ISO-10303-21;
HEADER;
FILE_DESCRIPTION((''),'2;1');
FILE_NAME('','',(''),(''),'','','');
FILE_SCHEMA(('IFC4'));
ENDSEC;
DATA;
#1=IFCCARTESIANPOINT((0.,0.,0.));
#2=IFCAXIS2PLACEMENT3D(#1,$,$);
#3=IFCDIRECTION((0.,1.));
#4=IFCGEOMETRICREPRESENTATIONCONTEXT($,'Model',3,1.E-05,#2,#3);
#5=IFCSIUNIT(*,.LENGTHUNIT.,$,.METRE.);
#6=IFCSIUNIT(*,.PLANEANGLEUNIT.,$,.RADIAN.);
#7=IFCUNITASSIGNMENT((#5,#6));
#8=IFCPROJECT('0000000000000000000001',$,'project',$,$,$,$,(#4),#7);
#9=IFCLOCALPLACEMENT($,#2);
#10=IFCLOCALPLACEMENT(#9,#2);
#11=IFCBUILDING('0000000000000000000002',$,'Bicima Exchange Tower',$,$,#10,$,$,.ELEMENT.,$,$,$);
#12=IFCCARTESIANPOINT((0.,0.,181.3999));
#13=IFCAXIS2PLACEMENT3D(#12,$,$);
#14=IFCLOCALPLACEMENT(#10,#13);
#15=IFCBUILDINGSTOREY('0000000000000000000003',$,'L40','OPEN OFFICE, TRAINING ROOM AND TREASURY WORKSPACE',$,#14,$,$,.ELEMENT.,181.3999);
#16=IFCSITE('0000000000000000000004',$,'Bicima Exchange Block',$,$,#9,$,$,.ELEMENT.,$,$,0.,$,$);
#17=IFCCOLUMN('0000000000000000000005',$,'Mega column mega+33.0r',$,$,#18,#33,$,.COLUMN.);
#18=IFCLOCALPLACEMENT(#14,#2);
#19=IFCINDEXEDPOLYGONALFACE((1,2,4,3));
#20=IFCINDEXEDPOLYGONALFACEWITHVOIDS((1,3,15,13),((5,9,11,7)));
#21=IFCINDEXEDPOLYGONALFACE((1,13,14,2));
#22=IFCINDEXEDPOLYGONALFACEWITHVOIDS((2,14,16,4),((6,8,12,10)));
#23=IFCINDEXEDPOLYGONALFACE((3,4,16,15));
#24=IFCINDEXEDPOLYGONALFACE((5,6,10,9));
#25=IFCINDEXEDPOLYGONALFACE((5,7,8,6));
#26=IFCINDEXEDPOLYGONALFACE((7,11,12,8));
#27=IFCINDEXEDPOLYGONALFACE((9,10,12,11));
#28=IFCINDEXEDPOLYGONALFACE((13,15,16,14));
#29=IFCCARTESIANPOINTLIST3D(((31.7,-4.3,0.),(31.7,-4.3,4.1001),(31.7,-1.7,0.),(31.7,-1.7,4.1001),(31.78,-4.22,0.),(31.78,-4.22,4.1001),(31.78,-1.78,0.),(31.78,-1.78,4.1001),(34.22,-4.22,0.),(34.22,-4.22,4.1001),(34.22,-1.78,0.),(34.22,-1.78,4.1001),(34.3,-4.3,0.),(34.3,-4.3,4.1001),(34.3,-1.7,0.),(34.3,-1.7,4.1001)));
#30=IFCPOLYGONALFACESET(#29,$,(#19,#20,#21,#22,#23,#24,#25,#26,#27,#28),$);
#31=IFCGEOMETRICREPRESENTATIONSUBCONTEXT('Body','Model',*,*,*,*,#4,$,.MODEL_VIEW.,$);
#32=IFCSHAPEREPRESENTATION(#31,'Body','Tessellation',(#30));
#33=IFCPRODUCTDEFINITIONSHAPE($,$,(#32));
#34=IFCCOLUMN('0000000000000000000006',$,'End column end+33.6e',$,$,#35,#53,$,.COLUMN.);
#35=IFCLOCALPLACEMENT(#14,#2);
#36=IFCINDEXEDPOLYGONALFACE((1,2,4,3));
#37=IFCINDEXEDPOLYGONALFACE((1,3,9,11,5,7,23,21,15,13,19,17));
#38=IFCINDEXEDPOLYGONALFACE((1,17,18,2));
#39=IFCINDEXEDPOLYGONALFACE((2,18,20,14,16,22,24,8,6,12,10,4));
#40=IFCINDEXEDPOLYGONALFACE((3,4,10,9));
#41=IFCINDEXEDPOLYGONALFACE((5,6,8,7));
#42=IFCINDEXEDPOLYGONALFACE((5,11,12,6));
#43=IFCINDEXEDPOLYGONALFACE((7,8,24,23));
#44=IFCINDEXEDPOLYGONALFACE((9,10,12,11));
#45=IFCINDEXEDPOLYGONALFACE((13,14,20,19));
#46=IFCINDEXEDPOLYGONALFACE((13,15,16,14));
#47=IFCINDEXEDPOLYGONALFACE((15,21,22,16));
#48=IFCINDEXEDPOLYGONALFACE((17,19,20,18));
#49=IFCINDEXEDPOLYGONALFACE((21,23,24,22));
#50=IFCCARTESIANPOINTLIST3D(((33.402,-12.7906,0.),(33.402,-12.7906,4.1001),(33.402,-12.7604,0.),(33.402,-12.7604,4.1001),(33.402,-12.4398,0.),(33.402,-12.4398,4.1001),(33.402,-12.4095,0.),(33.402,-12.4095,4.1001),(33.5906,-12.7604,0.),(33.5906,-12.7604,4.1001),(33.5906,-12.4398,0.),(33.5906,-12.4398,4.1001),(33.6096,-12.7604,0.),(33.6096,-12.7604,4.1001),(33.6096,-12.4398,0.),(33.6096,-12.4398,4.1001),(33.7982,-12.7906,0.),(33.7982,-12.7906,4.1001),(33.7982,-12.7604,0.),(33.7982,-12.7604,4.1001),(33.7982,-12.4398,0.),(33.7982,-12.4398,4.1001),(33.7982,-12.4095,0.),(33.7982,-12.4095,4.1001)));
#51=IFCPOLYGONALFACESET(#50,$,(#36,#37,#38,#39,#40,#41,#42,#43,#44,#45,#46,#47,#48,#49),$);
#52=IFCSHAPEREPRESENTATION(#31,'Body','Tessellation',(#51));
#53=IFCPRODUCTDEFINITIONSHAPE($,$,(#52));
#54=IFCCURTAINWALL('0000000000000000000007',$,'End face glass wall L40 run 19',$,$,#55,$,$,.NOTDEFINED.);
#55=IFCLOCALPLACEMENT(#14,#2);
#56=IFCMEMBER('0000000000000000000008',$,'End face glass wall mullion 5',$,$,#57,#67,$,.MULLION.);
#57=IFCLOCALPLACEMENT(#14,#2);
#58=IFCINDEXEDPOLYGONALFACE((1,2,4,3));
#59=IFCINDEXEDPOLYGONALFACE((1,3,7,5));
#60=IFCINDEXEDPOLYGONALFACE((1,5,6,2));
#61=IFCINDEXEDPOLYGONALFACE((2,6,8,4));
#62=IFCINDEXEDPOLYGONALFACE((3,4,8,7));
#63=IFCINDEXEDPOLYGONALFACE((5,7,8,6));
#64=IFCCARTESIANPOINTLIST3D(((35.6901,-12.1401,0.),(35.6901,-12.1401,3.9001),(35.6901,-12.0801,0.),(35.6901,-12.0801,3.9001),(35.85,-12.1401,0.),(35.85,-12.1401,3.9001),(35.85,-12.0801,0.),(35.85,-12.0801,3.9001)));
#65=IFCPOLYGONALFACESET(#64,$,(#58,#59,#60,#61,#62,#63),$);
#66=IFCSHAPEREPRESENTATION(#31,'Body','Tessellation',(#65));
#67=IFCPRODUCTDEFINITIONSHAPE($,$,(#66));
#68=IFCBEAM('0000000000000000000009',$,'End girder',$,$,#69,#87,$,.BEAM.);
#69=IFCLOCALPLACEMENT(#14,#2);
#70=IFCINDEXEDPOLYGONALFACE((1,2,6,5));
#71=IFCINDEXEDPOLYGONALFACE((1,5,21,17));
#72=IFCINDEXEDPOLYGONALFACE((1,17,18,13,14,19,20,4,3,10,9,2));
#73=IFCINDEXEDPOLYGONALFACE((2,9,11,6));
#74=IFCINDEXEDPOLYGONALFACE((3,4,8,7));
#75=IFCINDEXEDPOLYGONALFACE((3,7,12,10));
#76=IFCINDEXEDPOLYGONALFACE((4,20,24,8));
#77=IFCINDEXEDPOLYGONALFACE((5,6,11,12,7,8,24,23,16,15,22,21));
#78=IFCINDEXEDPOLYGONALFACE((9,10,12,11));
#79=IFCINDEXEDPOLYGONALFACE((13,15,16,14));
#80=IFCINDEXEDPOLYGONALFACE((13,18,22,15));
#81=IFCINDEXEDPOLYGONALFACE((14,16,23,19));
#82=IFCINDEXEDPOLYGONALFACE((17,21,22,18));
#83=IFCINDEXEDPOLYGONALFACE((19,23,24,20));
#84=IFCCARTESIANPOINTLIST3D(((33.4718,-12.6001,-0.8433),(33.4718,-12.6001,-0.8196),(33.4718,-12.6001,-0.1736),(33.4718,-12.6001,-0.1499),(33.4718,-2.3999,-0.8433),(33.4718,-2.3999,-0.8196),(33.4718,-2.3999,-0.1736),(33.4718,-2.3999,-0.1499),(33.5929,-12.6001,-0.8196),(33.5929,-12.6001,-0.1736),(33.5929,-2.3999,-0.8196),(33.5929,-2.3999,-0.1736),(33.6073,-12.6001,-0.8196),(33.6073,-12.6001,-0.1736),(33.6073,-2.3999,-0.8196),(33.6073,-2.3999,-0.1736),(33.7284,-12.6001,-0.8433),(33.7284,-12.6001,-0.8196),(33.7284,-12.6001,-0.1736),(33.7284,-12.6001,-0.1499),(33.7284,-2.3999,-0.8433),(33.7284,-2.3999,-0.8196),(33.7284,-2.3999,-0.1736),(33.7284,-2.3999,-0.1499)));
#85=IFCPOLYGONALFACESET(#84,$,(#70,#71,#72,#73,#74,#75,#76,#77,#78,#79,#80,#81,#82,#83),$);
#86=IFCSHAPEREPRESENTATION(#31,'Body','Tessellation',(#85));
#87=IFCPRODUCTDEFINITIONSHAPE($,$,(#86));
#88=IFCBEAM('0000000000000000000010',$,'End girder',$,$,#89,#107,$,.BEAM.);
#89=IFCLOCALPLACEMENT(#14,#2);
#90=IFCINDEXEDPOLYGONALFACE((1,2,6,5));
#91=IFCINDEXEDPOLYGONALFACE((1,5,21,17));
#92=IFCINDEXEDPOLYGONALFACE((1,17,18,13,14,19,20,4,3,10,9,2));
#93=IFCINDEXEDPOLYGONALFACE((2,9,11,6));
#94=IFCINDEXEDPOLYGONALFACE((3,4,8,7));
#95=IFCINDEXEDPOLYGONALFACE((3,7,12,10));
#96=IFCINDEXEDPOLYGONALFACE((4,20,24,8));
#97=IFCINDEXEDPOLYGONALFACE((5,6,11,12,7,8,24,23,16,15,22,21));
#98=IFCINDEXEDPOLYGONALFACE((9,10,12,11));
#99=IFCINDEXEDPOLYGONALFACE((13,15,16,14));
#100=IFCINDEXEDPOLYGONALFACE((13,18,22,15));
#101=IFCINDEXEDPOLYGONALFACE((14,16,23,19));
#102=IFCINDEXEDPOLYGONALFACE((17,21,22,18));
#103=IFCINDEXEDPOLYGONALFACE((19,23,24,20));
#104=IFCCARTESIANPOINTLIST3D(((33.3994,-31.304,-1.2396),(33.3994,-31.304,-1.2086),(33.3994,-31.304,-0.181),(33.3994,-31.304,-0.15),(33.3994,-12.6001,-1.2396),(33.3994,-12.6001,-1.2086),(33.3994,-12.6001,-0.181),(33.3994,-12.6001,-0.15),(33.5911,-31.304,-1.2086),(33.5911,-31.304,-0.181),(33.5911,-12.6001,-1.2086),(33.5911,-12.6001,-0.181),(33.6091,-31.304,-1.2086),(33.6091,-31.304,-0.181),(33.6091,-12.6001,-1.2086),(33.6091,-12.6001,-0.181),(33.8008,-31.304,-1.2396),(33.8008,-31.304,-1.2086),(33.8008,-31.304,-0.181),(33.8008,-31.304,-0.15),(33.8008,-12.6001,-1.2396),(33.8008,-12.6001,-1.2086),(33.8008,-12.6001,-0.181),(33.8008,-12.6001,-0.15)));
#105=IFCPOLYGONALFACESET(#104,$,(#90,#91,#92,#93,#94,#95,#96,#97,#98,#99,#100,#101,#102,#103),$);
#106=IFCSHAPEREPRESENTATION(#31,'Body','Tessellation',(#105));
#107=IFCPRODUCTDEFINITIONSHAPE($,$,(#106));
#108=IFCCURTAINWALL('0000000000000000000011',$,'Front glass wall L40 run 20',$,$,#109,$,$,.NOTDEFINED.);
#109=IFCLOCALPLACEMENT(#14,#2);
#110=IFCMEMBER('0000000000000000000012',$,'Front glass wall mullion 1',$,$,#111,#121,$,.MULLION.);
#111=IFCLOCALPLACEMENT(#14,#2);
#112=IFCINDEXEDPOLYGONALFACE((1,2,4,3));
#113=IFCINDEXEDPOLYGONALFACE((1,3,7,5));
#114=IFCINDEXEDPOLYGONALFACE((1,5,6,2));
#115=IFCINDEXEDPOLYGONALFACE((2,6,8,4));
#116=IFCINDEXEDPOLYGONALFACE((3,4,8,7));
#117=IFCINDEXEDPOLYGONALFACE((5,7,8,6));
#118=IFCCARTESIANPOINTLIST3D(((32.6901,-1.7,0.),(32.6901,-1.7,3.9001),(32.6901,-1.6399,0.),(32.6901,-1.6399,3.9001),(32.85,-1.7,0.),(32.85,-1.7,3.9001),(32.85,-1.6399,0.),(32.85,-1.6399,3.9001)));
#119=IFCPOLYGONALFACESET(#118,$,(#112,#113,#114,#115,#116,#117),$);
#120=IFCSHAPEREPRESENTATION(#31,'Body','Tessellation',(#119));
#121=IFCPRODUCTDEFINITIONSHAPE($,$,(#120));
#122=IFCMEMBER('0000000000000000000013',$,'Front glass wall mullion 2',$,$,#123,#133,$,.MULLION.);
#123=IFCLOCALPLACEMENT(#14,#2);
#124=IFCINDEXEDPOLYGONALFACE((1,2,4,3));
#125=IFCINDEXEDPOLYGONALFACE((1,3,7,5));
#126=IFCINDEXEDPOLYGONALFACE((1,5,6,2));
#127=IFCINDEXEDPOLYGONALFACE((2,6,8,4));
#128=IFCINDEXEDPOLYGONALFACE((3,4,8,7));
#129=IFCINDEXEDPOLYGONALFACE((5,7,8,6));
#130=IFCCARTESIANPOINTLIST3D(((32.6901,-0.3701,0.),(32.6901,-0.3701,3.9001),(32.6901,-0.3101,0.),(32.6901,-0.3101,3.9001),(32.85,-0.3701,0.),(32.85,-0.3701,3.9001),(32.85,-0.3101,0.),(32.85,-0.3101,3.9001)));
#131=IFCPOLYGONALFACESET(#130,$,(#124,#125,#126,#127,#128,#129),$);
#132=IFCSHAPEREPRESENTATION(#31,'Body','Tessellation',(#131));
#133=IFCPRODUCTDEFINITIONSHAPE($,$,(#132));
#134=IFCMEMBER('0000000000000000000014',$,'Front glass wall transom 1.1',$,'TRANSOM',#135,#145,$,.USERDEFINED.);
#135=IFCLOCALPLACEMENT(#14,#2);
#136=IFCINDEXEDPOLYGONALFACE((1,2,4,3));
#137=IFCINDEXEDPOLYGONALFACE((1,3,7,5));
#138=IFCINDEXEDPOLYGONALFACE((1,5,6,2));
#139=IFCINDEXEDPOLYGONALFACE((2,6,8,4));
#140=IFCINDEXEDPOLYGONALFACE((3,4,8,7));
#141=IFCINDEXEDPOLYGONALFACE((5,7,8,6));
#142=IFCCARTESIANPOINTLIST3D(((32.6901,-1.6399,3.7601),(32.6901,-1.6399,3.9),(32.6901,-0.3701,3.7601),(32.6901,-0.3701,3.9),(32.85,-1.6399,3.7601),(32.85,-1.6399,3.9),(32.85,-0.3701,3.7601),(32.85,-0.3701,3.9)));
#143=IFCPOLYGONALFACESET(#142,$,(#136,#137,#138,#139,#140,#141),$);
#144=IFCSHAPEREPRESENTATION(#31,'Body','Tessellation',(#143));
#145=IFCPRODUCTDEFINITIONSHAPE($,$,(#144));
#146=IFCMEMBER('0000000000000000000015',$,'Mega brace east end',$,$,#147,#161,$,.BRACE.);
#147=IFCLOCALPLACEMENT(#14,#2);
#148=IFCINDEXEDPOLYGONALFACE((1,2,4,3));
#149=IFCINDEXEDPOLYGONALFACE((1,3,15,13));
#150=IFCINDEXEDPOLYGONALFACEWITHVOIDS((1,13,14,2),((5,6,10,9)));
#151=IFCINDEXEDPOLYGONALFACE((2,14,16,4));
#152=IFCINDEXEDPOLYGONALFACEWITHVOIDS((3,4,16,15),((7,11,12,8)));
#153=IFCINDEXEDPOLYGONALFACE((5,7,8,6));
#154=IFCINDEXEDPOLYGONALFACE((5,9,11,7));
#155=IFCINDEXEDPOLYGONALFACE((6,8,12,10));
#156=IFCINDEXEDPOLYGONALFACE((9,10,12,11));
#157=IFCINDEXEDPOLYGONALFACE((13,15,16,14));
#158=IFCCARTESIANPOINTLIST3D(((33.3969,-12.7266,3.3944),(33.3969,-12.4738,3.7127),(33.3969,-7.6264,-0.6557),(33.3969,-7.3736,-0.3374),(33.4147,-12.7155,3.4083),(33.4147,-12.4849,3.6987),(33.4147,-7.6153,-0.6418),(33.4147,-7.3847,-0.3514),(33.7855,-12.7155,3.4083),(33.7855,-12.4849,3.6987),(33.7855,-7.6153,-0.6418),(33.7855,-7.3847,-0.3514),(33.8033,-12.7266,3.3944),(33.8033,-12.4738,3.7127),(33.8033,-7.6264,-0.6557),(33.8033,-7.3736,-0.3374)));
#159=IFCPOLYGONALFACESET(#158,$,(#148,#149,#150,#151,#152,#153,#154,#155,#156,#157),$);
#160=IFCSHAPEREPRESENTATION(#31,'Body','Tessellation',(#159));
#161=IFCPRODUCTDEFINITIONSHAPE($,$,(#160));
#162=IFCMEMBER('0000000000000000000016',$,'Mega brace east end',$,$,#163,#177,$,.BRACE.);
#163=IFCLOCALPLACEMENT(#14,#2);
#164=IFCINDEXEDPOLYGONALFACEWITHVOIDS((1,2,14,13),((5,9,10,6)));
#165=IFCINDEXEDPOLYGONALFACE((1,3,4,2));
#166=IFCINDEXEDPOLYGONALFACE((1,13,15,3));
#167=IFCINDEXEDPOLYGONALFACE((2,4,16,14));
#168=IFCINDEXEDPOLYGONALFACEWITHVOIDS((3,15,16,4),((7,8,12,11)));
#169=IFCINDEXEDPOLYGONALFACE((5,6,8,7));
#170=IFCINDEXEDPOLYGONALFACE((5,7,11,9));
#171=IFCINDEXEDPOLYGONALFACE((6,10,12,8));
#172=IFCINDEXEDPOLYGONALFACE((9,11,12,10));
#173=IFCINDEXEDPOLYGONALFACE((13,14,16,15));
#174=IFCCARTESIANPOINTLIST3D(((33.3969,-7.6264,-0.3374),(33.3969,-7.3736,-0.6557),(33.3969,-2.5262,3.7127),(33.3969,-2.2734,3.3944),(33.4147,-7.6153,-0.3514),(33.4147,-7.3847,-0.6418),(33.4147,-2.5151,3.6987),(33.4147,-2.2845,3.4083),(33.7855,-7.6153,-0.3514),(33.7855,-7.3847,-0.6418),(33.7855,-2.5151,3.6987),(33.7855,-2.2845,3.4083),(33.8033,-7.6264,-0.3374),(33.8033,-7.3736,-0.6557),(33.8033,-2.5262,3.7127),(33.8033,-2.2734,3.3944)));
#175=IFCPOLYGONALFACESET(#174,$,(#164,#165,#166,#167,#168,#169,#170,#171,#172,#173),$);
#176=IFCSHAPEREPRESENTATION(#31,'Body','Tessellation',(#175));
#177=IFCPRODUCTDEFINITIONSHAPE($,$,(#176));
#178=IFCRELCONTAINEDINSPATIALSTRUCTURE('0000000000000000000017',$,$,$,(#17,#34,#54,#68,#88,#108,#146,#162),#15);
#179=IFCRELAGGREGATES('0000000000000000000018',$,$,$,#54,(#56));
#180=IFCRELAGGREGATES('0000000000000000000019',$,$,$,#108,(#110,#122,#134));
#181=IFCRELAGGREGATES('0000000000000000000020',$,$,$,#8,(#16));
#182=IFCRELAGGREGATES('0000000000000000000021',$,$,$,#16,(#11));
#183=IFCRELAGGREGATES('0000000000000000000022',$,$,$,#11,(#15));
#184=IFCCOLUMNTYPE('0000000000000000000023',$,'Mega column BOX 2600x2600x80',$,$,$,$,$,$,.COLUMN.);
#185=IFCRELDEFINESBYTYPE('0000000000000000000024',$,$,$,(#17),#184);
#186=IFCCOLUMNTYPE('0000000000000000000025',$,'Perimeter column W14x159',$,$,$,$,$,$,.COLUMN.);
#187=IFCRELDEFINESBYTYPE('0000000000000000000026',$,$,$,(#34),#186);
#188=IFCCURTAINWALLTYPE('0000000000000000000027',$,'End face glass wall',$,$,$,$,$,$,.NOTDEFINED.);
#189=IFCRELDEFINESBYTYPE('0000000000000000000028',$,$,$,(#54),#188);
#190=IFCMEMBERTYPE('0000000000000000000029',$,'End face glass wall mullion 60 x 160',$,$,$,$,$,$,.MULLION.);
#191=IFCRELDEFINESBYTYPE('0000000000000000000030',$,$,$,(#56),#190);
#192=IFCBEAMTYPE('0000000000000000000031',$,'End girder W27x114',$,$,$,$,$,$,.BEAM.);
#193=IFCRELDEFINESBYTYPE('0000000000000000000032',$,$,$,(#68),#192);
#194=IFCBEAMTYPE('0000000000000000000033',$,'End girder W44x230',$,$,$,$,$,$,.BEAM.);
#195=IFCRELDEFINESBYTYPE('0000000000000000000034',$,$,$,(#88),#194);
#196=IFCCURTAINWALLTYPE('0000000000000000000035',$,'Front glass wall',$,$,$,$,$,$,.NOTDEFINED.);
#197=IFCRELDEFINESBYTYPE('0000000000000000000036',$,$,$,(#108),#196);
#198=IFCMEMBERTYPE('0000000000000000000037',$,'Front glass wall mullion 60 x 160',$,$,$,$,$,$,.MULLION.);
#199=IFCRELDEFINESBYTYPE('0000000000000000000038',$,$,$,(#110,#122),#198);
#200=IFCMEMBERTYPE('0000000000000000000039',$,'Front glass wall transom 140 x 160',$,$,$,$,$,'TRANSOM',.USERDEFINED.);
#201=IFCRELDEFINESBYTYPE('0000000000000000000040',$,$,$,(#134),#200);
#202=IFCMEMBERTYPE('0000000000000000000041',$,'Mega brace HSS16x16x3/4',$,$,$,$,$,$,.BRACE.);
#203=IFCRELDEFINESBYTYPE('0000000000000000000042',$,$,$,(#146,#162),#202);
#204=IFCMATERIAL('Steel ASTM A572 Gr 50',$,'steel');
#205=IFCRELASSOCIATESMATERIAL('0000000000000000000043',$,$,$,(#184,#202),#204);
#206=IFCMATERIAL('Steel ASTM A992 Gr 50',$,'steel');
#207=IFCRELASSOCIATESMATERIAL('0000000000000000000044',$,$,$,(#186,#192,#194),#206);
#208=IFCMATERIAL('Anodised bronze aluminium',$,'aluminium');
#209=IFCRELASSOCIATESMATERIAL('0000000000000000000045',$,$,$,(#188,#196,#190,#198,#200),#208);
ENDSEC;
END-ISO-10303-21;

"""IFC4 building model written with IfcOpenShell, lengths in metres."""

from ifc_helpers import new_model, si_unit, direction, frame, origin, origin_2d, place, context, subcontext, project, spatial, rectangle, hollow_rectangle, i_section, extrude, material, material_profile, profile_set, type_object, element, aggregate, save


model = new_model("IFC4")

# Units and contexts
model_context = context("Model", 3, precision=1e-05, world=origin(), true_north=direction((0.0, 1.0)))
body_context = subcontext(model_context, "Body", "Model", "MODEL_VIEW")
ifc_project = project(units=[si_unit("LENGTHUNIT", "METRE"), si_unit("PLANEANGLEUNIT", "RADIAN")], contexts=[model_context])

# Site, building, storey
site_placement = place(None, origin())
site = spatial("IfcSite", under=ifc_project, at=site_placement, Name="Bicima Exchange Block", CompositionType="ELEMENT", RefElevation=0.0)
building_placement = place(site_placement, origin())
building = spatial("IfcBuilding", under=site, at=building_placement, Name="Bicima Exchange Tower", CompositionType="ELEMENT")
storey_placement = place(building_placement, frame((0.0, 0.0, 181.3999)))
storey = spatial("IfcBuildingStorey", under=building, at=storey_placement, Name="L40", Description="OPEN OFFICE, TRAINING ROOM AND TREASURY WORKSPACE", CompositionType="ELEMENT", Elevation=181.3999)

# Columns
ifc_material_1 = material(Name="Steel ASTM A572 Gr 50", Category="steel")
ifc_material_profile_1 = material_profile(ifc_material_1, hollow_rectangle(XDim=2.6001, YDim=2.6001, WallThickness=0.0801, at=origin_2d()))
ifc_profile_set_1 = profile_set([ifc_material_profile_1], Name="Steel ASTM A572 Gr 50")
column_type_1 = type_object("IfcColumnType", Name="Mega column BOX 2600x2600x80", PredefinedType="COLUMN", material=ifc_profile_set_1)
column_1_placement = place(storey_placement, frame((33.0, -3.0, 0.0), z_axis=(0.0, 0.0, 1.0), x_axis=(1.0, 0.0, 0.0)))
element("IfcColumn", 1, at=column_1_placement, inside=storey, type_object=column_type_1, Name="Mega column mega+33.0r", PredefinedType="COLUMN", context=body_context, shape_type="SweptSolid", body=[
    extrude(hollow_rectangle(XDim=2.6001, YDim=2.6001, WallThickness=0.0801, at=origin_2d()), origin(), (0.0, 0.0, 1.0), 4.1001),
])
ifc_material_2 = material(Name="Steel ASTM A992 Gr 50", Category="steel")
ifc_material_profile_2 = material_profile(ifc_material_2, i_section(OverallWidth=0.3962, OverallDepth=0.3811, WebThickness=0.019, FlangeThickness=0.0303, at=origin_2d()))
ifc_profile_set_2 = profile_set([ifc_material_profile_2], Name="Steel ASTM A992 Gr 50")
column_type_2 = type_object("IfcColumnType", Name="Perimeter column W14x159", PredefinedType="COLUMN", material=ifc_profile_set_2)
column_2_placement = place(storey_placement, frame((33.6001, -12.6001, 0.0), z_axis=(0.0, 0.0, 1.0), x_axis=(1.0, 0.0, 0.0)))
element("IfcColumn", 2, at=column_2_placement, inside=storey, type_object=column_type_2, Name="End column end+33.6e", PredefinedType="COLUMN", context=body_context, shape_type="SweptSolid", body=[
    extrude(i_section(OverallWidth=0.3962, OverallDepth=0.3811, WebThickness=0.019, FlangeThickness=0.0303, at=origin_2d()), origin(), (0.0, 0.0, 1.0), 4.1001),
])

# Curtain wall, member
ifc_material_3 = material(Name="Anodised bronze aluminium", Category="aluminium")
curtain_wall_type_1 = type_object("IfcCurtainWallType", Name="End face glass wall", PredefinedType="NOTDEFINED", material=ifc_material_3)
curtain_wall_1_placement = place(storey_placement, origin())
curtain_wall_1 = element("IfcCurtainWall", 3, at=curtain_wall_1_placement, inside=storey, type_object=curtain_wall_type_1, Name="End face glass wall L40 run 19", PredefinedType="NOTDEFINED")
ifc_material_profile_3 = material_profile(ifc_material_3, rectangle(XDim=0.1599, YDim=0.0601, at=origin_2d()))
ifc_profile_set_3 = profile_set([ifc_material_profile_3], Name="Anodised bronze aluminium")
member_type_1 = type_object("IfcMemberType", Name="End face glass wall mullion 60 x 160", PredefinedType="MULLION", material=ifc_profile_set_3)
member_1_placement = place(storey_placement, frame((35.77, -12.1101, 0.0), z_axis=(0.0, 0.0, 1.0), x_axis=(-1.0, 0.0, 0.0)))
member_1 = element("IfcMember", 4, at=member_1_placement, type_object=member_type_1, Name="End face glass wall mullion 5", PredefinedType="MULLION", context=body_context, shape_type="SweptSolid", body=[
    extrude(rectangle(XDim=0.1599, YDim=0.0601, at=origin_2d()), origin(), (0.0, 0.0, 1.0), 3.9001),
])
aggregate(curtain_wall_1, [member_1])

# Beams
ifc_material_profile_4 = material_profile(ifc_material_2, i_section(OverallWidth=0.2566, OverallDepth=0.6934, WebThickness=0.0144, FlangeThickness=0.0237, at=origin_2d()))
ifc_profile_set_4 = profile_set([ifc_material_profile_4], Name="Steel ASTM A992 Gr 50")
beam_type_1 = type_object("IfcBeamType", Name="End girder W27x114", PredefinedType="BEAM", material=ifc_profile_set_4)
beam_1_placement = place(storey_placement, frame((33.6001, -2.3999, -0.4966), z_axis=(0.0, -1.0, 0.0), x_axis=(1.0, 0.0, 0.0)))
element("IfcBeam", 5, at=beam_1_placement, inside=storey, type_object=beam_type_1, Name="End girder", PredefinedType="BEAM", context=body_context, shape_type="SweptSolid", body=[
    extrude(i_section(OverallWidth=0.2566, OverallDepth=0.6934, WebThickness=0.0144, FlangeThickness=0.0237, at=origin_2d()), origin(), (0.0, 0.0, 1.0), 10.2002),
])
ifc_material_profile_5 = material_profile(ifc_material_2, i_section(OverallWidth=0.4014, OverallDepth=1.0896, WebThickness=0.0181, FlangeThickness=0.031, at=origin_2d()))
ifc_profile_set_5 = profile_set([ifc_material_profile_5], Name="Steel ASTM A992 Gr 50")
beam_type_2 = type_object("IfcBeamType", Name="End girder W44x230", PredefinedType="BEAM", material=ifc_profile_set_5)
beam_2_placement = place(storey_placement, frame((33.6001, -12.6001, -0.6948), z_axis=(0.0, -1.0, 0.0), x_axis=(1.0, 0.0, 0.0)))
element("IfcBeam", 6, at=beam_2_placement, inside=storey, type_object=beam_type_2, Name="End girder", PredefinedType="BEAM", context=body_context, shape_type="SweptSolid", body=[
    extrude(i_section(OverallWidth=0.4014, OverallDepth=1.0896, WebThickness=0.0181, FlangeThickness=0.031, at=origin_2d()), origin(), (0.0, 0.0, 1.0), 18.7039),
])

# Curtain wall, members
curtain_wall_type_2 = type_object("IfcCurtainWallType", Name="Front glass wall", PredefinedType="NOTDEFINED", material=ifc_material_3)
curtain_wall_2_placement = place(storey_placement, origin())
curtain_wall_2 = element("IfcCurtainWall", 7, at=curtain_wall_2_placement, inside=storey, type_object=curtain_wall_type_2, Name="Front glass wall L40 run 20", PredefinedType="NOTDEFINED")
member_type_2 = type_object("IfcMemberType", Name="Front glass wall mullion 60 x 160", PredefinedType="MULLION", material=ifc_profile_set_3)
member_2_placement = place(storey_placement, frame((32.77, -1.6699, 0.0), z_axis=(0.0, 0.0, 1.0), x_axis=(-1.0, 0.0, 0.0)))
member_2 = element("IfcMember", 8, at=member_2_placement, type_object=member_type_2, Name="Front glass wall mullion 1", PredefinedType="MULLION", context=body_context, shape_type="SweptSolid", body=[
    extrude(rectangle(XDim=0.1599, YDim=0.0601, at=origin_2d()), origin(), (0.0, 0.0, 1.0), 3.9001),
])
member_3_placement = place(storey_placement, frame((32.77, -0.3401, 0.0), z_axis=(0.0, 0.0, 1.0), x_axis=(-1.0, 0.0, 0.0)))
member_3 = element("IfcMember", 9, at=member_3_placement, type_object=member_type_2, Name="Front glass wall mullion 2", PredefinedType="MULLION", context=body_context, shape_type="SweptSolid", body=[
    extrude(rectangle(XDim=0.1599, YDim=0.0601, at=origin_2d()), origin(), (0.0, 0.0, 1.0), 3.9001),
])
ifc_material_profile_6 = material_profile(ifc_material_3, rectangle(XDim=0.1599, YDim=0.1399, at=origin_2d()))
ifc_profile_set_6 = profile_set([ifc_material_profile_6], Name="Anodised bronze aluminium")
member_type_3 = type_object("IfcMemberType", Name="Front glass wall transom 140 x 160", ElementType="TRANSOM", PredefinedType="USERDEFINED", material=ifc_profile_set_6)
member_4_placement = place(storey_placement, frame((32.77, -1.6399, 3.8301), z_axis=(0.0, 1.0, 0.0), x_axis=(-1.0, 0.0, 0.0)))
member_4 = element("IfcMember", 10, at=member_4_placement, type_object=member_type_3, Name="Front glass wall transom 1.1", ObjectType="TRANSOM", PredefinedType="USERDEFINED", context=body_context, shape_type="SweptSolid", body=[
    extrude(rectangle(XDim=0.1599, YDim=0.1399, at=origin_2d()), origin(), (0.0, 0.0, 1.0), 1.2698),
])

# Members
ifc_material_profile_7 = material_profile(ifc_material_1, hollow_rectangle(XDim=0.4065, YDim=0.4065, WallThickness=0.0178, at=origin_2d()))
ifc_profile_set_7 = profile_set([ifc_material_profile_7], Name="Steel ASTM A572 Gr 50")
member_type_4 = type_object("IfcMemberType", Name="Mega brace HSS16x16x3/4", PredefinedType="BRACE", material=ifc_profile_set_7)
for number, where, z_axis, x_axis, name in (
    (11, (33.6001, -7.5, -0.4966), (0.0, -0.783113, 0.621879), (1.0, 0.0, 0.0), "Mega brace east end"),
    (12, (33.6001, -7.5, -0.4966), (0.0, 0.783113, 0.621879), (-1.0, 0.0, 0.0), "Mega brace east end"),
):
    element("IfcMember", number, at=place(storey_placement, frame(where, z_axis=z_axis, x_axis=x_axis)), inside=storey, type_object=member_type_4, Name=name, PredefinedType="BRACE", context=body_context, shape_type="SweptSolid", body=[
        extrude(hollow_rectangle(XDim=0.4065, YDim=0.4065, WallThickness=0.0178, at=origin_2d()), origin(), (0.0, 0.0, 1.0), 6.5127),
    ])

aggregate(curtain_wall_2, [member_2, member_3, member_4])

save(model, "model.ifc")
